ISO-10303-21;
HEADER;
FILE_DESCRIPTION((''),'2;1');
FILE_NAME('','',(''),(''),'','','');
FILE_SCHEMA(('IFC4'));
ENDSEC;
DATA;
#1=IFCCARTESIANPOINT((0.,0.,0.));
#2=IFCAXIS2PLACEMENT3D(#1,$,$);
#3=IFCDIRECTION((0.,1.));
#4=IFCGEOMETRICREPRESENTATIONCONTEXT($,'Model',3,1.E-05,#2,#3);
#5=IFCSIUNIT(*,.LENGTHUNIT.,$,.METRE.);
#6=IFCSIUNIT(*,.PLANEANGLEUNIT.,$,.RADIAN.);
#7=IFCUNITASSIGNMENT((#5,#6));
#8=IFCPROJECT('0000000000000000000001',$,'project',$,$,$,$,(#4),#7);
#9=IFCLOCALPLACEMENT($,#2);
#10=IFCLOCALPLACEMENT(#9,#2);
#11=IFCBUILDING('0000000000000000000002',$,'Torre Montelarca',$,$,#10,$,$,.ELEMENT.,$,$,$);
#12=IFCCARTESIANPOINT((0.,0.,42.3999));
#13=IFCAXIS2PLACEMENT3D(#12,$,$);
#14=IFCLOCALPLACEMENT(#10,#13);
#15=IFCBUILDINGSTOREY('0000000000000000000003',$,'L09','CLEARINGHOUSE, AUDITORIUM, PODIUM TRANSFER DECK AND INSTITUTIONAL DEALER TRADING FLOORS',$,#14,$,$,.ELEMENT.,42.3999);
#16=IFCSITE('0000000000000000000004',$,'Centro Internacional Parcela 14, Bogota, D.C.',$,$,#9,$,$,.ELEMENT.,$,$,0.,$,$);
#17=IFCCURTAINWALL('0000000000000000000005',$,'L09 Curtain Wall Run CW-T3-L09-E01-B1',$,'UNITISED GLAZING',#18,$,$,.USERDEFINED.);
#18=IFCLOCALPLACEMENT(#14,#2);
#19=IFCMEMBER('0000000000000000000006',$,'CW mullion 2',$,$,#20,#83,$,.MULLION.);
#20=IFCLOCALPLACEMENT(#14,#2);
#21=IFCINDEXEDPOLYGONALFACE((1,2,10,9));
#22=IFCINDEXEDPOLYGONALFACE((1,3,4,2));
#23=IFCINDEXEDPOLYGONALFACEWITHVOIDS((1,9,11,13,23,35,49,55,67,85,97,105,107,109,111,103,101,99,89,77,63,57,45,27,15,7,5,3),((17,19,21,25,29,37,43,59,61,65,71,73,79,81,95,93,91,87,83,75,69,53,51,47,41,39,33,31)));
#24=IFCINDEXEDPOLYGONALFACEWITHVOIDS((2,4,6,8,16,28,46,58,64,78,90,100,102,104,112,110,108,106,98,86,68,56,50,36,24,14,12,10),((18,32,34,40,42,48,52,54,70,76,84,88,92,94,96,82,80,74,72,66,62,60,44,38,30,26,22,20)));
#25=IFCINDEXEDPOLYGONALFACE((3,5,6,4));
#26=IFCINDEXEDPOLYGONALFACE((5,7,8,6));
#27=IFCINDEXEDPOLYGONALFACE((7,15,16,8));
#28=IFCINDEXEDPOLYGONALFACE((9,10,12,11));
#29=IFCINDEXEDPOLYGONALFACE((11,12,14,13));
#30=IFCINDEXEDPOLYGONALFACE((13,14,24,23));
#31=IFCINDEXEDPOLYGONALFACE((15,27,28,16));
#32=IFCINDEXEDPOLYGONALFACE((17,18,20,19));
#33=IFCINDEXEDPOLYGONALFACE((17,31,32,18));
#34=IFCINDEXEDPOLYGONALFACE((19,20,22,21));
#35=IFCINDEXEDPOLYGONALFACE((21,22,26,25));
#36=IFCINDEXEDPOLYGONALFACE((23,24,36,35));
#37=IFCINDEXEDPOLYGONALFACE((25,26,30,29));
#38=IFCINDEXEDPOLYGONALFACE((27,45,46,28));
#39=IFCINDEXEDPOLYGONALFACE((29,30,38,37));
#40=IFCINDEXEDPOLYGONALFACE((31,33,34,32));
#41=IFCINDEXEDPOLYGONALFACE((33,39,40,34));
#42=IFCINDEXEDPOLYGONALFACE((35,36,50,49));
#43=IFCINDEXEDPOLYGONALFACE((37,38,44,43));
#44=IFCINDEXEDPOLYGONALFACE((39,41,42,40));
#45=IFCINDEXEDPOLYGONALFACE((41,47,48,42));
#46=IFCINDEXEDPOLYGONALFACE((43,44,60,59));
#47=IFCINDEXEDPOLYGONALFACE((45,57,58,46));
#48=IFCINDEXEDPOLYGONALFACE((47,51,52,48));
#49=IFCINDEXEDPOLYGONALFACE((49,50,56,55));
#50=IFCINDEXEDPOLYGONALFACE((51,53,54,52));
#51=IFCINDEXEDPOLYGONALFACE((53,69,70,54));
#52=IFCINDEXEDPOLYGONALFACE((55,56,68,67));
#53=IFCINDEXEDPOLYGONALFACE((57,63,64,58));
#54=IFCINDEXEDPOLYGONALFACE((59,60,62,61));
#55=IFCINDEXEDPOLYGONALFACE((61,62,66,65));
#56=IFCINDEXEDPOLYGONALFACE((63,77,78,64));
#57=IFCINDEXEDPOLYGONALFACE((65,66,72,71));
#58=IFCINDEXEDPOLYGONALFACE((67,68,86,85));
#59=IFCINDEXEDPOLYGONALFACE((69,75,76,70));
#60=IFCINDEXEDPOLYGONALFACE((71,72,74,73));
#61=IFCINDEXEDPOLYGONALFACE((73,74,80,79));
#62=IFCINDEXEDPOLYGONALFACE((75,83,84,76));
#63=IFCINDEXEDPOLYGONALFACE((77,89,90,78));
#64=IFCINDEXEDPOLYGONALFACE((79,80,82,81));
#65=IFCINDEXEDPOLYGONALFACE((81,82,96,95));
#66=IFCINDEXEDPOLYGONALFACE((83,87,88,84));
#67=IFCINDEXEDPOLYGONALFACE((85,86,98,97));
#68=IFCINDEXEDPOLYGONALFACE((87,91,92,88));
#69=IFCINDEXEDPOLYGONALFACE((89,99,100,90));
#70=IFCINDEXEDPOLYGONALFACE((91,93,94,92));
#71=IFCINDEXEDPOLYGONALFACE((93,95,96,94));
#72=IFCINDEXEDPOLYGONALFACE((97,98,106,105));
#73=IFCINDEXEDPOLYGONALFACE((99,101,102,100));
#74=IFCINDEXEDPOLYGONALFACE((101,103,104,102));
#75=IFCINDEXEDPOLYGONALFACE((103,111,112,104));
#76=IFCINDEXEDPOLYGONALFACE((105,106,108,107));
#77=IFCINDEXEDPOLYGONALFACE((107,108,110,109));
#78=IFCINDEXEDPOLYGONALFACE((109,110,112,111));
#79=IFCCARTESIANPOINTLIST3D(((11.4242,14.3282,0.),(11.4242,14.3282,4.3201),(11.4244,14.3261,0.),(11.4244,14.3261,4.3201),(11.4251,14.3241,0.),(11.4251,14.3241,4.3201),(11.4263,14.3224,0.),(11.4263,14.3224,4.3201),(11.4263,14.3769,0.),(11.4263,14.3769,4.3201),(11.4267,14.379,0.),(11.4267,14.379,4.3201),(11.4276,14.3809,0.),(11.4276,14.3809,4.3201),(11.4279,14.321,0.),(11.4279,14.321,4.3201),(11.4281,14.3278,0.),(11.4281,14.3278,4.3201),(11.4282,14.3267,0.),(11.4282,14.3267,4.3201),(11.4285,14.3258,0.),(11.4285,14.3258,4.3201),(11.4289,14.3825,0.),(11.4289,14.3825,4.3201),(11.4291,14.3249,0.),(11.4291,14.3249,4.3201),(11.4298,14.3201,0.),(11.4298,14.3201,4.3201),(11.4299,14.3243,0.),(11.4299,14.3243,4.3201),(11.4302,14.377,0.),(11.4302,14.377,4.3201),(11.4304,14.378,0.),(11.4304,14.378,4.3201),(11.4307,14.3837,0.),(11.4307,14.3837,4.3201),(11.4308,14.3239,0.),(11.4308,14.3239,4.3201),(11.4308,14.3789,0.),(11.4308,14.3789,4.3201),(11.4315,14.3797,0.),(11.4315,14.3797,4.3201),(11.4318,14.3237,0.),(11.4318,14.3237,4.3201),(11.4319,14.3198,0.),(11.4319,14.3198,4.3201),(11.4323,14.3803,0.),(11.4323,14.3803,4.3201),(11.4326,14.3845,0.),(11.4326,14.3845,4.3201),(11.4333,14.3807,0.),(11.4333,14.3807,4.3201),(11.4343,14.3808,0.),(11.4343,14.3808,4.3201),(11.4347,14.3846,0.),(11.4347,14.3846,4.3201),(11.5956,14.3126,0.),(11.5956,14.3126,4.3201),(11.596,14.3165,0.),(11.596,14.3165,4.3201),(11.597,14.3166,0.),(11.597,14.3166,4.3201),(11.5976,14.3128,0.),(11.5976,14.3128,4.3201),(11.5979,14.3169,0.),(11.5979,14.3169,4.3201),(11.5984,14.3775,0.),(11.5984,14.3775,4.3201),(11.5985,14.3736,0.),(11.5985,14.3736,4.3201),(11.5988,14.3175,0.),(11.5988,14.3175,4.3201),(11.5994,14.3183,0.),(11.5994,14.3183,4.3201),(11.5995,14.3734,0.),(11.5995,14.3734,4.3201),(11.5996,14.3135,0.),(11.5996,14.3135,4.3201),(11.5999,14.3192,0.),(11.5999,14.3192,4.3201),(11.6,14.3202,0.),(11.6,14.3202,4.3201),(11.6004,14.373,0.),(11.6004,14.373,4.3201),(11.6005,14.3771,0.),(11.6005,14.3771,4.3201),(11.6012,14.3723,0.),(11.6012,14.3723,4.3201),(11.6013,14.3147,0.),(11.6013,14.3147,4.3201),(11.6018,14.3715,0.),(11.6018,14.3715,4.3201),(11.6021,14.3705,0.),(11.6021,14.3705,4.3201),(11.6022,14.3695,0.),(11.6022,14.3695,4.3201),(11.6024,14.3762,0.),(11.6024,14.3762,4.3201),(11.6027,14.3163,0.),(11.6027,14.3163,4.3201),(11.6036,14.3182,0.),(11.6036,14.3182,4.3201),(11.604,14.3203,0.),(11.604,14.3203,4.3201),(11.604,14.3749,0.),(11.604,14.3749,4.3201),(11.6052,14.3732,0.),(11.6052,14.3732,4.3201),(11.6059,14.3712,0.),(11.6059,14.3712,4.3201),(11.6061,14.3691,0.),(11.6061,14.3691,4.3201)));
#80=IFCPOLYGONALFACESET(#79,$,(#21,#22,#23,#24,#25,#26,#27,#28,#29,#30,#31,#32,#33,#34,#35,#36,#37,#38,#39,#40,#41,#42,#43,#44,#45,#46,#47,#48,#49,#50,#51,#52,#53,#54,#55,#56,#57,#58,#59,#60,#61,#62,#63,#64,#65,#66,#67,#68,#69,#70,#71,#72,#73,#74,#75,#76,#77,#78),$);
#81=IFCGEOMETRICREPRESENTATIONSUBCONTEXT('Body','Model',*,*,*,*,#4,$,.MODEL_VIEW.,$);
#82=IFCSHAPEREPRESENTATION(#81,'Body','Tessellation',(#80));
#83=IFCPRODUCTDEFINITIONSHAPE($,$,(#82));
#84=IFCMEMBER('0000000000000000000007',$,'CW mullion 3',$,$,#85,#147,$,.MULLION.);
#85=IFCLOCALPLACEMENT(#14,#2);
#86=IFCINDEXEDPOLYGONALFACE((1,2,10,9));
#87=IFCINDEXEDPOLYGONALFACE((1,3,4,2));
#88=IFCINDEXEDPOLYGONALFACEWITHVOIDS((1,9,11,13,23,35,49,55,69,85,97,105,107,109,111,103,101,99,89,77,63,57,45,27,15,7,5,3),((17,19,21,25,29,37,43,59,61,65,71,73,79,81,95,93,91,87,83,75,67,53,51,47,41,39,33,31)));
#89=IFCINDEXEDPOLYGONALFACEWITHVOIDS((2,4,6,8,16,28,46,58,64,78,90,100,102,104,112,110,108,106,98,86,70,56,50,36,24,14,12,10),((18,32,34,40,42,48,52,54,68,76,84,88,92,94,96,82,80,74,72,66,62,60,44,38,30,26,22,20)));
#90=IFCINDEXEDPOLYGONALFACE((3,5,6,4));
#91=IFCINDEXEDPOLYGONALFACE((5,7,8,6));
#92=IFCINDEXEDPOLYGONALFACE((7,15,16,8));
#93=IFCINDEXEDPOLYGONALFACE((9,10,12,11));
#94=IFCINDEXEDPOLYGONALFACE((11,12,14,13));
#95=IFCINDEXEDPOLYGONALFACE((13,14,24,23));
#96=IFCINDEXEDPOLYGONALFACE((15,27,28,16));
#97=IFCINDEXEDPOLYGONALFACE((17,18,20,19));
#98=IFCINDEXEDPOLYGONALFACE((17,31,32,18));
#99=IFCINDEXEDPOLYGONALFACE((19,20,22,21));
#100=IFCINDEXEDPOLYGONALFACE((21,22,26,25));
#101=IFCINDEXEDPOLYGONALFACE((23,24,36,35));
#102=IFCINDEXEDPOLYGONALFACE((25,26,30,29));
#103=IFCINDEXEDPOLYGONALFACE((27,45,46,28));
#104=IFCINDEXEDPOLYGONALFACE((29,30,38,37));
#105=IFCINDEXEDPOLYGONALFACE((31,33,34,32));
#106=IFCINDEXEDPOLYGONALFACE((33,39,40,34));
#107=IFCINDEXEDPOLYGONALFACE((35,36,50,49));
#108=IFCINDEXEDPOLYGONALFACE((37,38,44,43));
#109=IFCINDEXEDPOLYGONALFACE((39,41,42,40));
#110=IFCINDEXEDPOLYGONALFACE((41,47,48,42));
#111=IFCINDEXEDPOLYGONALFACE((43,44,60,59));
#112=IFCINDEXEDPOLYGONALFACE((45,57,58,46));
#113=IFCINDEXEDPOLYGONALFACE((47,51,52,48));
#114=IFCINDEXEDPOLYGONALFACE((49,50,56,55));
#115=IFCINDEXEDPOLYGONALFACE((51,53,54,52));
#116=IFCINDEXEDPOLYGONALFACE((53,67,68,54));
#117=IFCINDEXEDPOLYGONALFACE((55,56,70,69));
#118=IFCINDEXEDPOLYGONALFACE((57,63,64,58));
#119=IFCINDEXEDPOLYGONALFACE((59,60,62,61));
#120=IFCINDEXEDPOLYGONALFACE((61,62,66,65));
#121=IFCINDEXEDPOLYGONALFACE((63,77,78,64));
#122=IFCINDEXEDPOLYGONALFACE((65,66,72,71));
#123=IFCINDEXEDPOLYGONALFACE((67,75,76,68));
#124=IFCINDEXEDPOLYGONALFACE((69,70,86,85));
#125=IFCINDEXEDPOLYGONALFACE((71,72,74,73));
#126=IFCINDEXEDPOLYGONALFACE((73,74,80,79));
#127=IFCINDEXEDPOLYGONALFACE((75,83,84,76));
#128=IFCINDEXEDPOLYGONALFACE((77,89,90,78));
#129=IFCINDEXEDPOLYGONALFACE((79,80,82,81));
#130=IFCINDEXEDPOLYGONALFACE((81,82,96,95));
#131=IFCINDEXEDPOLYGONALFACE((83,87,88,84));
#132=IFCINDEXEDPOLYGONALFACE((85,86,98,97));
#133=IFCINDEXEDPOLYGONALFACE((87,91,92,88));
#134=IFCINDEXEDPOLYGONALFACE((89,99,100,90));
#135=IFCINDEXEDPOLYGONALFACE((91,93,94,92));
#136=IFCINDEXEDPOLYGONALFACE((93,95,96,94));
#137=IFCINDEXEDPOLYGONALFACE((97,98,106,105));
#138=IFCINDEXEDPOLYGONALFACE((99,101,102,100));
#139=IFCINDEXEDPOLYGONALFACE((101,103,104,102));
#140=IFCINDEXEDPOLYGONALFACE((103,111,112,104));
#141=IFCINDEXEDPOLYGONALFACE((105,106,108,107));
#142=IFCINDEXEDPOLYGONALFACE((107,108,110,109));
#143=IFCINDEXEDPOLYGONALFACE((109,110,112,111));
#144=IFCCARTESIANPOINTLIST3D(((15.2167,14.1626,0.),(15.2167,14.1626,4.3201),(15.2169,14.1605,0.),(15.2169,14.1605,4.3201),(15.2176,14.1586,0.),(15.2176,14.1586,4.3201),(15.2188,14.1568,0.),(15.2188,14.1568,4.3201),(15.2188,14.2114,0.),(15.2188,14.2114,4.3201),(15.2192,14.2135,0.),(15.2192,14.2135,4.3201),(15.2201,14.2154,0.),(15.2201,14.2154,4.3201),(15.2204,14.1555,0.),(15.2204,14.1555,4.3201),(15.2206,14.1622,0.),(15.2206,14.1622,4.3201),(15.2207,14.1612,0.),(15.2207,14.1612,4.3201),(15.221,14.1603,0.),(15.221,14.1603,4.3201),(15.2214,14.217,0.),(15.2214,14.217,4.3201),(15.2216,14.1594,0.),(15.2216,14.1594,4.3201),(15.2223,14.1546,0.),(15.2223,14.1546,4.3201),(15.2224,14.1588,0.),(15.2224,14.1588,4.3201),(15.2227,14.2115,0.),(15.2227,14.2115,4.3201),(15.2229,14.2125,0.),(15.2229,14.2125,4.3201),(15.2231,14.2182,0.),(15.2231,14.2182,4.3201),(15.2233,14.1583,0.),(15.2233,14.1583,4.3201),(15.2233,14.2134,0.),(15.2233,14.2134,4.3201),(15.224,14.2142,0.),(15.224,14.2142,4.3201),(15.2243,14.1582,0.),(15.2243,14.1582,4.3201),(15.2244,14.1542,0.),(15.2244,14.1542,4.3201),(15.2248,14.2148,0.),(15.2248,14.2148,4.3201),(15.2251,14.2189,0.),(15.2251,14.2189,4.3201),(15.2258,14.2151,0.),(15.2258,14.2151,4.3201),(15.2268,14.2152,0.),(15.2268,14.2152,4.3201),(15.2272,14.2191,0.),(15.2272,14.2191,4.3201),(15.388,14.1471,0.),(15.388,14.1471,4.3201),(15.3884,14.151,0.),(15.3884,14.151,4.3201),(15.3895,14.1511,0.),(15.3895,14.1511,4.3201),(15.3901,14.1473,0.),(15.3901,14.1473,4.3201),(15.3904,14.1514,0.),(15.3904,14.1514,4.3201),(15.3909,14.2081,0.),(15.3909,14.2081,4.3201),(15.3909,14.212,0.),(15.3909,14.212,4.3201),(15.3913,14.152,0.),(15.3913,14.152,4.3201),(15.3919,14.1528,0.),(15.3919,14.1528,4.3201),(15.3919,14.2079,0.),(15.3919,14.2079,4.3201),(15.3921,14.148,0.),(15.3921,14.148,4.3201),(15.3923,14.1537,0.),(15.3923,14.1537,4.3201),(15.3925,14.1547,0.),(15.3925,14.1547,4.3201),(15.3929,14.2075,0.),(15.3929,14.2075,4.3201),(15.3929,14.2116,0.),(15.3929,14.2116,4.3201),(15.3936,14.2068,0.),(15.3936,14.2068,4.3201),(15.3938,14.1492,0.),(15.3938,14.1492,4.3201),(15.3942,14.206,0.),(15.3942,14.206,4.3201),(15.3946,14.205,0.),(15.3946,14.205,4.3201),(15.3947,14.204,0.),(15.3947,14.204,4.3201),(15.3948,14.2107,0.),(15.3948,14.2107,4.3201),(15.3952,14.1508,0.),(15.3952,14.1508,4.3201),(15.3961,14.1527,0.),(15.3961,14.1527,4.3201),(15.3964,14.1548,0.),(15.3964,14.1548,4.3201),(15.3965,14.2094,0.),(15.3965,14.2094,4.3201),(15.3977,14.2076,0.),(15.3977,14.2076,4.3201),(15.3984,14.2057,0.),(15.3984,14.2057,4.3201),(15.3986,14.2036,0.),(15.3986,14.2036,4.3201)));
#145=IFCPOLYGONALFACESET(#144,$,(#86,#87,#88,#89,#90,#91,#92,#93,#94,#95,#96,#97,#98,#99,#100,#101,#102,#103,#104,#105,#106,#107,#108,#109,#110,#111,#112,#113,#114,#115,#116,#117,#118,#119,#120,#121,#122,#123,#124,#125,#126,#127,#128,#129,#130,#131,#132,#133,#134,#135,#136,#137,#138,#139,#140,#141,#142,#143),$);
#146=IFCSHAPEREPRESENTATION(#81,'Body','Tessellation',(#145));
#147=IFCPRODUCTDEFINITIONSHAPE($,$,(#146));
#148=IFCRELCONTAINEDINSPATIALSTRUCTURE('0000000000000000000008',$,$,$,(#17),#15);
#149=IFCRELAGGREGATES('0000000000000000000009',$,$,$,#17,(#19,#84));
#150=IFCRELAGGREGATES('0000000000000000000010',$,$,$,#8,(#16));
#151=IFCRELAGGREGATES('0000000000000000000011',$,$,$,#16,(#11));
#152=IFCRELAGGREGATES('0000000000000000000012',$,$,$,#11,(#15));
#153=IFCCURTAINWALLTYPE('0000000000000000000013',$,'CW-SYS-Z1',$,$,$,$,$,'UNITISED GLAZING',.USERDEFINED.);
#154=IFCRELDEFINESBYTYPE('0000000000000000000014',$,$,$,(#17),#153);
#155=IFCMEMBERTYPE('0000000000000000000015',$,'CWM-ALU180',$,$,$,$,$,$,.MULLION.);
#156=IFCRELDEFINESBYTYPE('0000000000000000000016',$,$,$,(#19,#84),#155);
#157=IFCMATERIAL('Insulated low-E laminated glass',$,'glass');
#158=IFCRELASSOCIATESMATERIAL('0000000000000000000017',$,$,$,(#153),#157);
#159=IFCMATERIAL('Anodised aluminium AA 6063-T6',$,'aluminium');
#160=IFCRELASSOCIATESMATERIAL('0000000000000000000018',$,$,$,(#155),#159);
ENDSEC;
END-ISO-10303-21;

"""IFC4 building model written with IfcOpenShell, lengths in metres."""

from ifc_helpers import new_model, si_unit, direction, frame, origin, origin_2d, place, context, subcontext, project, spatial, hollow_rectangle, extrude, source, transform, mapped, material, material_profile, profile_set, type_object, element, aggregate, save


model = new_model("IFC4")

# Units and contexts
model_context = context("Model", 3, precision=1e-05, world=origin(), true_north=direction((0.0, 1.0)))
body_context = subcontext(model_context, "Body", "Model", "MODEL_VIEW")
ifc_project = project(units=[si_unit("LENGTHUNIT", "METRE"), si_unit("PLANEANGLEUNIT", "RADIAN")], contexts=[model_context])

# Site, building, storey
site_placement = place(None, origin())
site = spatial("IfcSite", under=ifc_project, at=site_placement, Name="Centro Internacional Parcela 14, Bogota, D.C.", CompositionType="ELEMENT", RefElevation=0.0)
building_placement = place(site_placement, origin())
building = spatial("IfcBuilding", under=site, at=building_placement, Name="Torre Montelarca", CompositionType="ELEMENT")
storey_placement = place(building_placement, frame((0.0, 0.0, 42.3999)))
storey = spatial("IfcBuildingStorey", under=building, at=storey_placement, Name="L09", Description="CLEARINGHOUSE, AUDITORIUM, PODIUM TRANSFER DECK AND INSTITUTIONAL DEALER TRADING FLOORS", CompositionType="ELEMENT", Elevation=42.3999)

# Curtain wall, members
ifc_material_1 = material(Name="Insulated low-E laminated glass", Category="glass")
curtain_wall_type = type_object("IfcCurtainWallType", Name="CW-SYS-Z1", ElementType="UNITISED GLAZING", PredefinedType="USERDEFINED", material=ifc_material_1)
curtain_wall_1_placement = place(storey_placement, origin())
curtain_wall_1 = element("IfcCurtainWall", 1, at=curtain_wall_1_placement, inside=storey, type_object=curtain_wall_type, Name="L09 Curtain Wall Run CW-T3-L09-E01-B1", ObjectType="UNITISED GLAZING", PredefinedType="USERDEFINED")
ifc_material_2 = material(Name="Anodised aluminium AA 6063-T6", Category="aluminium")
ifc_material_profile_1 = material_profile(ifc_material_2, hollow_rectangle(XDim=0.0649, YDim=0.1799, WallThickness=0.0039, InnerFilletRadius=0.0039, OuterFilletRadius=0.0081, at=origin_2d()), Name="ALU65X180X4", Category="aluminium")
ifc_profile_set_1 = profile_set([ifc_material_profile_1], Name="Anodised aluminium AA 6063-T6")
member_type_1 = type_object("IfcMemberType", Name="CWM-ALU180", PredefinedType="MULLION", material=ifc_profile_set_1)
shared_shape_1 = source(origin(), body_context, "Body", "SweptSolid", [
    extrude(hollow_rectangle(XDim=0.0649, YDim=0.1799, WallThickness=0.0039, InnerFilletRadius=0.0039, OuterFilletRadius=0.0081, at=origin_2d()), origin(), (0.0, 0.0, 1.0), 4.3201),
])
member_1_placement = place(storey_placement, frame((11.5151, 14.3486, 0.0), z_axis=(0.0, 0.0, 1.0), x_axis=(0.043619, 0.999048, 0.0)))
member_1 = element("IfcMember", 2, at=member_1_placement, type_object=member_type_1, Name="CW mullion 2", PredefinedType="MULLION", context=body_context, shape_type="MappedRepresentation", body=[
    mapped(shared_shape_1, transform((0.0, 0.0, 0.0), scale=1.0)),
])
member_2_placement = place(storey_placement, frame((15.3076, 14.1831, 0.0), z_axis=(0.0, 0.0, 1.0), x_axis=(0.043619, 0.999048, 0.0)))
member_2 = element("IfcMember", 3, at=member_2_placement, type_object=member_type_1, Name="CW mullion 3", PredefinedType="MULLION", context=body_context, shape_type="MappedRepresentation", body=[
    mapped(shared_shape_1, transform((0.0, 0.0, 0.0), scale=1.0)),
])

aggregate(curtain_wall_1, [member_1, member_2])

save(model, "model.ifc")
